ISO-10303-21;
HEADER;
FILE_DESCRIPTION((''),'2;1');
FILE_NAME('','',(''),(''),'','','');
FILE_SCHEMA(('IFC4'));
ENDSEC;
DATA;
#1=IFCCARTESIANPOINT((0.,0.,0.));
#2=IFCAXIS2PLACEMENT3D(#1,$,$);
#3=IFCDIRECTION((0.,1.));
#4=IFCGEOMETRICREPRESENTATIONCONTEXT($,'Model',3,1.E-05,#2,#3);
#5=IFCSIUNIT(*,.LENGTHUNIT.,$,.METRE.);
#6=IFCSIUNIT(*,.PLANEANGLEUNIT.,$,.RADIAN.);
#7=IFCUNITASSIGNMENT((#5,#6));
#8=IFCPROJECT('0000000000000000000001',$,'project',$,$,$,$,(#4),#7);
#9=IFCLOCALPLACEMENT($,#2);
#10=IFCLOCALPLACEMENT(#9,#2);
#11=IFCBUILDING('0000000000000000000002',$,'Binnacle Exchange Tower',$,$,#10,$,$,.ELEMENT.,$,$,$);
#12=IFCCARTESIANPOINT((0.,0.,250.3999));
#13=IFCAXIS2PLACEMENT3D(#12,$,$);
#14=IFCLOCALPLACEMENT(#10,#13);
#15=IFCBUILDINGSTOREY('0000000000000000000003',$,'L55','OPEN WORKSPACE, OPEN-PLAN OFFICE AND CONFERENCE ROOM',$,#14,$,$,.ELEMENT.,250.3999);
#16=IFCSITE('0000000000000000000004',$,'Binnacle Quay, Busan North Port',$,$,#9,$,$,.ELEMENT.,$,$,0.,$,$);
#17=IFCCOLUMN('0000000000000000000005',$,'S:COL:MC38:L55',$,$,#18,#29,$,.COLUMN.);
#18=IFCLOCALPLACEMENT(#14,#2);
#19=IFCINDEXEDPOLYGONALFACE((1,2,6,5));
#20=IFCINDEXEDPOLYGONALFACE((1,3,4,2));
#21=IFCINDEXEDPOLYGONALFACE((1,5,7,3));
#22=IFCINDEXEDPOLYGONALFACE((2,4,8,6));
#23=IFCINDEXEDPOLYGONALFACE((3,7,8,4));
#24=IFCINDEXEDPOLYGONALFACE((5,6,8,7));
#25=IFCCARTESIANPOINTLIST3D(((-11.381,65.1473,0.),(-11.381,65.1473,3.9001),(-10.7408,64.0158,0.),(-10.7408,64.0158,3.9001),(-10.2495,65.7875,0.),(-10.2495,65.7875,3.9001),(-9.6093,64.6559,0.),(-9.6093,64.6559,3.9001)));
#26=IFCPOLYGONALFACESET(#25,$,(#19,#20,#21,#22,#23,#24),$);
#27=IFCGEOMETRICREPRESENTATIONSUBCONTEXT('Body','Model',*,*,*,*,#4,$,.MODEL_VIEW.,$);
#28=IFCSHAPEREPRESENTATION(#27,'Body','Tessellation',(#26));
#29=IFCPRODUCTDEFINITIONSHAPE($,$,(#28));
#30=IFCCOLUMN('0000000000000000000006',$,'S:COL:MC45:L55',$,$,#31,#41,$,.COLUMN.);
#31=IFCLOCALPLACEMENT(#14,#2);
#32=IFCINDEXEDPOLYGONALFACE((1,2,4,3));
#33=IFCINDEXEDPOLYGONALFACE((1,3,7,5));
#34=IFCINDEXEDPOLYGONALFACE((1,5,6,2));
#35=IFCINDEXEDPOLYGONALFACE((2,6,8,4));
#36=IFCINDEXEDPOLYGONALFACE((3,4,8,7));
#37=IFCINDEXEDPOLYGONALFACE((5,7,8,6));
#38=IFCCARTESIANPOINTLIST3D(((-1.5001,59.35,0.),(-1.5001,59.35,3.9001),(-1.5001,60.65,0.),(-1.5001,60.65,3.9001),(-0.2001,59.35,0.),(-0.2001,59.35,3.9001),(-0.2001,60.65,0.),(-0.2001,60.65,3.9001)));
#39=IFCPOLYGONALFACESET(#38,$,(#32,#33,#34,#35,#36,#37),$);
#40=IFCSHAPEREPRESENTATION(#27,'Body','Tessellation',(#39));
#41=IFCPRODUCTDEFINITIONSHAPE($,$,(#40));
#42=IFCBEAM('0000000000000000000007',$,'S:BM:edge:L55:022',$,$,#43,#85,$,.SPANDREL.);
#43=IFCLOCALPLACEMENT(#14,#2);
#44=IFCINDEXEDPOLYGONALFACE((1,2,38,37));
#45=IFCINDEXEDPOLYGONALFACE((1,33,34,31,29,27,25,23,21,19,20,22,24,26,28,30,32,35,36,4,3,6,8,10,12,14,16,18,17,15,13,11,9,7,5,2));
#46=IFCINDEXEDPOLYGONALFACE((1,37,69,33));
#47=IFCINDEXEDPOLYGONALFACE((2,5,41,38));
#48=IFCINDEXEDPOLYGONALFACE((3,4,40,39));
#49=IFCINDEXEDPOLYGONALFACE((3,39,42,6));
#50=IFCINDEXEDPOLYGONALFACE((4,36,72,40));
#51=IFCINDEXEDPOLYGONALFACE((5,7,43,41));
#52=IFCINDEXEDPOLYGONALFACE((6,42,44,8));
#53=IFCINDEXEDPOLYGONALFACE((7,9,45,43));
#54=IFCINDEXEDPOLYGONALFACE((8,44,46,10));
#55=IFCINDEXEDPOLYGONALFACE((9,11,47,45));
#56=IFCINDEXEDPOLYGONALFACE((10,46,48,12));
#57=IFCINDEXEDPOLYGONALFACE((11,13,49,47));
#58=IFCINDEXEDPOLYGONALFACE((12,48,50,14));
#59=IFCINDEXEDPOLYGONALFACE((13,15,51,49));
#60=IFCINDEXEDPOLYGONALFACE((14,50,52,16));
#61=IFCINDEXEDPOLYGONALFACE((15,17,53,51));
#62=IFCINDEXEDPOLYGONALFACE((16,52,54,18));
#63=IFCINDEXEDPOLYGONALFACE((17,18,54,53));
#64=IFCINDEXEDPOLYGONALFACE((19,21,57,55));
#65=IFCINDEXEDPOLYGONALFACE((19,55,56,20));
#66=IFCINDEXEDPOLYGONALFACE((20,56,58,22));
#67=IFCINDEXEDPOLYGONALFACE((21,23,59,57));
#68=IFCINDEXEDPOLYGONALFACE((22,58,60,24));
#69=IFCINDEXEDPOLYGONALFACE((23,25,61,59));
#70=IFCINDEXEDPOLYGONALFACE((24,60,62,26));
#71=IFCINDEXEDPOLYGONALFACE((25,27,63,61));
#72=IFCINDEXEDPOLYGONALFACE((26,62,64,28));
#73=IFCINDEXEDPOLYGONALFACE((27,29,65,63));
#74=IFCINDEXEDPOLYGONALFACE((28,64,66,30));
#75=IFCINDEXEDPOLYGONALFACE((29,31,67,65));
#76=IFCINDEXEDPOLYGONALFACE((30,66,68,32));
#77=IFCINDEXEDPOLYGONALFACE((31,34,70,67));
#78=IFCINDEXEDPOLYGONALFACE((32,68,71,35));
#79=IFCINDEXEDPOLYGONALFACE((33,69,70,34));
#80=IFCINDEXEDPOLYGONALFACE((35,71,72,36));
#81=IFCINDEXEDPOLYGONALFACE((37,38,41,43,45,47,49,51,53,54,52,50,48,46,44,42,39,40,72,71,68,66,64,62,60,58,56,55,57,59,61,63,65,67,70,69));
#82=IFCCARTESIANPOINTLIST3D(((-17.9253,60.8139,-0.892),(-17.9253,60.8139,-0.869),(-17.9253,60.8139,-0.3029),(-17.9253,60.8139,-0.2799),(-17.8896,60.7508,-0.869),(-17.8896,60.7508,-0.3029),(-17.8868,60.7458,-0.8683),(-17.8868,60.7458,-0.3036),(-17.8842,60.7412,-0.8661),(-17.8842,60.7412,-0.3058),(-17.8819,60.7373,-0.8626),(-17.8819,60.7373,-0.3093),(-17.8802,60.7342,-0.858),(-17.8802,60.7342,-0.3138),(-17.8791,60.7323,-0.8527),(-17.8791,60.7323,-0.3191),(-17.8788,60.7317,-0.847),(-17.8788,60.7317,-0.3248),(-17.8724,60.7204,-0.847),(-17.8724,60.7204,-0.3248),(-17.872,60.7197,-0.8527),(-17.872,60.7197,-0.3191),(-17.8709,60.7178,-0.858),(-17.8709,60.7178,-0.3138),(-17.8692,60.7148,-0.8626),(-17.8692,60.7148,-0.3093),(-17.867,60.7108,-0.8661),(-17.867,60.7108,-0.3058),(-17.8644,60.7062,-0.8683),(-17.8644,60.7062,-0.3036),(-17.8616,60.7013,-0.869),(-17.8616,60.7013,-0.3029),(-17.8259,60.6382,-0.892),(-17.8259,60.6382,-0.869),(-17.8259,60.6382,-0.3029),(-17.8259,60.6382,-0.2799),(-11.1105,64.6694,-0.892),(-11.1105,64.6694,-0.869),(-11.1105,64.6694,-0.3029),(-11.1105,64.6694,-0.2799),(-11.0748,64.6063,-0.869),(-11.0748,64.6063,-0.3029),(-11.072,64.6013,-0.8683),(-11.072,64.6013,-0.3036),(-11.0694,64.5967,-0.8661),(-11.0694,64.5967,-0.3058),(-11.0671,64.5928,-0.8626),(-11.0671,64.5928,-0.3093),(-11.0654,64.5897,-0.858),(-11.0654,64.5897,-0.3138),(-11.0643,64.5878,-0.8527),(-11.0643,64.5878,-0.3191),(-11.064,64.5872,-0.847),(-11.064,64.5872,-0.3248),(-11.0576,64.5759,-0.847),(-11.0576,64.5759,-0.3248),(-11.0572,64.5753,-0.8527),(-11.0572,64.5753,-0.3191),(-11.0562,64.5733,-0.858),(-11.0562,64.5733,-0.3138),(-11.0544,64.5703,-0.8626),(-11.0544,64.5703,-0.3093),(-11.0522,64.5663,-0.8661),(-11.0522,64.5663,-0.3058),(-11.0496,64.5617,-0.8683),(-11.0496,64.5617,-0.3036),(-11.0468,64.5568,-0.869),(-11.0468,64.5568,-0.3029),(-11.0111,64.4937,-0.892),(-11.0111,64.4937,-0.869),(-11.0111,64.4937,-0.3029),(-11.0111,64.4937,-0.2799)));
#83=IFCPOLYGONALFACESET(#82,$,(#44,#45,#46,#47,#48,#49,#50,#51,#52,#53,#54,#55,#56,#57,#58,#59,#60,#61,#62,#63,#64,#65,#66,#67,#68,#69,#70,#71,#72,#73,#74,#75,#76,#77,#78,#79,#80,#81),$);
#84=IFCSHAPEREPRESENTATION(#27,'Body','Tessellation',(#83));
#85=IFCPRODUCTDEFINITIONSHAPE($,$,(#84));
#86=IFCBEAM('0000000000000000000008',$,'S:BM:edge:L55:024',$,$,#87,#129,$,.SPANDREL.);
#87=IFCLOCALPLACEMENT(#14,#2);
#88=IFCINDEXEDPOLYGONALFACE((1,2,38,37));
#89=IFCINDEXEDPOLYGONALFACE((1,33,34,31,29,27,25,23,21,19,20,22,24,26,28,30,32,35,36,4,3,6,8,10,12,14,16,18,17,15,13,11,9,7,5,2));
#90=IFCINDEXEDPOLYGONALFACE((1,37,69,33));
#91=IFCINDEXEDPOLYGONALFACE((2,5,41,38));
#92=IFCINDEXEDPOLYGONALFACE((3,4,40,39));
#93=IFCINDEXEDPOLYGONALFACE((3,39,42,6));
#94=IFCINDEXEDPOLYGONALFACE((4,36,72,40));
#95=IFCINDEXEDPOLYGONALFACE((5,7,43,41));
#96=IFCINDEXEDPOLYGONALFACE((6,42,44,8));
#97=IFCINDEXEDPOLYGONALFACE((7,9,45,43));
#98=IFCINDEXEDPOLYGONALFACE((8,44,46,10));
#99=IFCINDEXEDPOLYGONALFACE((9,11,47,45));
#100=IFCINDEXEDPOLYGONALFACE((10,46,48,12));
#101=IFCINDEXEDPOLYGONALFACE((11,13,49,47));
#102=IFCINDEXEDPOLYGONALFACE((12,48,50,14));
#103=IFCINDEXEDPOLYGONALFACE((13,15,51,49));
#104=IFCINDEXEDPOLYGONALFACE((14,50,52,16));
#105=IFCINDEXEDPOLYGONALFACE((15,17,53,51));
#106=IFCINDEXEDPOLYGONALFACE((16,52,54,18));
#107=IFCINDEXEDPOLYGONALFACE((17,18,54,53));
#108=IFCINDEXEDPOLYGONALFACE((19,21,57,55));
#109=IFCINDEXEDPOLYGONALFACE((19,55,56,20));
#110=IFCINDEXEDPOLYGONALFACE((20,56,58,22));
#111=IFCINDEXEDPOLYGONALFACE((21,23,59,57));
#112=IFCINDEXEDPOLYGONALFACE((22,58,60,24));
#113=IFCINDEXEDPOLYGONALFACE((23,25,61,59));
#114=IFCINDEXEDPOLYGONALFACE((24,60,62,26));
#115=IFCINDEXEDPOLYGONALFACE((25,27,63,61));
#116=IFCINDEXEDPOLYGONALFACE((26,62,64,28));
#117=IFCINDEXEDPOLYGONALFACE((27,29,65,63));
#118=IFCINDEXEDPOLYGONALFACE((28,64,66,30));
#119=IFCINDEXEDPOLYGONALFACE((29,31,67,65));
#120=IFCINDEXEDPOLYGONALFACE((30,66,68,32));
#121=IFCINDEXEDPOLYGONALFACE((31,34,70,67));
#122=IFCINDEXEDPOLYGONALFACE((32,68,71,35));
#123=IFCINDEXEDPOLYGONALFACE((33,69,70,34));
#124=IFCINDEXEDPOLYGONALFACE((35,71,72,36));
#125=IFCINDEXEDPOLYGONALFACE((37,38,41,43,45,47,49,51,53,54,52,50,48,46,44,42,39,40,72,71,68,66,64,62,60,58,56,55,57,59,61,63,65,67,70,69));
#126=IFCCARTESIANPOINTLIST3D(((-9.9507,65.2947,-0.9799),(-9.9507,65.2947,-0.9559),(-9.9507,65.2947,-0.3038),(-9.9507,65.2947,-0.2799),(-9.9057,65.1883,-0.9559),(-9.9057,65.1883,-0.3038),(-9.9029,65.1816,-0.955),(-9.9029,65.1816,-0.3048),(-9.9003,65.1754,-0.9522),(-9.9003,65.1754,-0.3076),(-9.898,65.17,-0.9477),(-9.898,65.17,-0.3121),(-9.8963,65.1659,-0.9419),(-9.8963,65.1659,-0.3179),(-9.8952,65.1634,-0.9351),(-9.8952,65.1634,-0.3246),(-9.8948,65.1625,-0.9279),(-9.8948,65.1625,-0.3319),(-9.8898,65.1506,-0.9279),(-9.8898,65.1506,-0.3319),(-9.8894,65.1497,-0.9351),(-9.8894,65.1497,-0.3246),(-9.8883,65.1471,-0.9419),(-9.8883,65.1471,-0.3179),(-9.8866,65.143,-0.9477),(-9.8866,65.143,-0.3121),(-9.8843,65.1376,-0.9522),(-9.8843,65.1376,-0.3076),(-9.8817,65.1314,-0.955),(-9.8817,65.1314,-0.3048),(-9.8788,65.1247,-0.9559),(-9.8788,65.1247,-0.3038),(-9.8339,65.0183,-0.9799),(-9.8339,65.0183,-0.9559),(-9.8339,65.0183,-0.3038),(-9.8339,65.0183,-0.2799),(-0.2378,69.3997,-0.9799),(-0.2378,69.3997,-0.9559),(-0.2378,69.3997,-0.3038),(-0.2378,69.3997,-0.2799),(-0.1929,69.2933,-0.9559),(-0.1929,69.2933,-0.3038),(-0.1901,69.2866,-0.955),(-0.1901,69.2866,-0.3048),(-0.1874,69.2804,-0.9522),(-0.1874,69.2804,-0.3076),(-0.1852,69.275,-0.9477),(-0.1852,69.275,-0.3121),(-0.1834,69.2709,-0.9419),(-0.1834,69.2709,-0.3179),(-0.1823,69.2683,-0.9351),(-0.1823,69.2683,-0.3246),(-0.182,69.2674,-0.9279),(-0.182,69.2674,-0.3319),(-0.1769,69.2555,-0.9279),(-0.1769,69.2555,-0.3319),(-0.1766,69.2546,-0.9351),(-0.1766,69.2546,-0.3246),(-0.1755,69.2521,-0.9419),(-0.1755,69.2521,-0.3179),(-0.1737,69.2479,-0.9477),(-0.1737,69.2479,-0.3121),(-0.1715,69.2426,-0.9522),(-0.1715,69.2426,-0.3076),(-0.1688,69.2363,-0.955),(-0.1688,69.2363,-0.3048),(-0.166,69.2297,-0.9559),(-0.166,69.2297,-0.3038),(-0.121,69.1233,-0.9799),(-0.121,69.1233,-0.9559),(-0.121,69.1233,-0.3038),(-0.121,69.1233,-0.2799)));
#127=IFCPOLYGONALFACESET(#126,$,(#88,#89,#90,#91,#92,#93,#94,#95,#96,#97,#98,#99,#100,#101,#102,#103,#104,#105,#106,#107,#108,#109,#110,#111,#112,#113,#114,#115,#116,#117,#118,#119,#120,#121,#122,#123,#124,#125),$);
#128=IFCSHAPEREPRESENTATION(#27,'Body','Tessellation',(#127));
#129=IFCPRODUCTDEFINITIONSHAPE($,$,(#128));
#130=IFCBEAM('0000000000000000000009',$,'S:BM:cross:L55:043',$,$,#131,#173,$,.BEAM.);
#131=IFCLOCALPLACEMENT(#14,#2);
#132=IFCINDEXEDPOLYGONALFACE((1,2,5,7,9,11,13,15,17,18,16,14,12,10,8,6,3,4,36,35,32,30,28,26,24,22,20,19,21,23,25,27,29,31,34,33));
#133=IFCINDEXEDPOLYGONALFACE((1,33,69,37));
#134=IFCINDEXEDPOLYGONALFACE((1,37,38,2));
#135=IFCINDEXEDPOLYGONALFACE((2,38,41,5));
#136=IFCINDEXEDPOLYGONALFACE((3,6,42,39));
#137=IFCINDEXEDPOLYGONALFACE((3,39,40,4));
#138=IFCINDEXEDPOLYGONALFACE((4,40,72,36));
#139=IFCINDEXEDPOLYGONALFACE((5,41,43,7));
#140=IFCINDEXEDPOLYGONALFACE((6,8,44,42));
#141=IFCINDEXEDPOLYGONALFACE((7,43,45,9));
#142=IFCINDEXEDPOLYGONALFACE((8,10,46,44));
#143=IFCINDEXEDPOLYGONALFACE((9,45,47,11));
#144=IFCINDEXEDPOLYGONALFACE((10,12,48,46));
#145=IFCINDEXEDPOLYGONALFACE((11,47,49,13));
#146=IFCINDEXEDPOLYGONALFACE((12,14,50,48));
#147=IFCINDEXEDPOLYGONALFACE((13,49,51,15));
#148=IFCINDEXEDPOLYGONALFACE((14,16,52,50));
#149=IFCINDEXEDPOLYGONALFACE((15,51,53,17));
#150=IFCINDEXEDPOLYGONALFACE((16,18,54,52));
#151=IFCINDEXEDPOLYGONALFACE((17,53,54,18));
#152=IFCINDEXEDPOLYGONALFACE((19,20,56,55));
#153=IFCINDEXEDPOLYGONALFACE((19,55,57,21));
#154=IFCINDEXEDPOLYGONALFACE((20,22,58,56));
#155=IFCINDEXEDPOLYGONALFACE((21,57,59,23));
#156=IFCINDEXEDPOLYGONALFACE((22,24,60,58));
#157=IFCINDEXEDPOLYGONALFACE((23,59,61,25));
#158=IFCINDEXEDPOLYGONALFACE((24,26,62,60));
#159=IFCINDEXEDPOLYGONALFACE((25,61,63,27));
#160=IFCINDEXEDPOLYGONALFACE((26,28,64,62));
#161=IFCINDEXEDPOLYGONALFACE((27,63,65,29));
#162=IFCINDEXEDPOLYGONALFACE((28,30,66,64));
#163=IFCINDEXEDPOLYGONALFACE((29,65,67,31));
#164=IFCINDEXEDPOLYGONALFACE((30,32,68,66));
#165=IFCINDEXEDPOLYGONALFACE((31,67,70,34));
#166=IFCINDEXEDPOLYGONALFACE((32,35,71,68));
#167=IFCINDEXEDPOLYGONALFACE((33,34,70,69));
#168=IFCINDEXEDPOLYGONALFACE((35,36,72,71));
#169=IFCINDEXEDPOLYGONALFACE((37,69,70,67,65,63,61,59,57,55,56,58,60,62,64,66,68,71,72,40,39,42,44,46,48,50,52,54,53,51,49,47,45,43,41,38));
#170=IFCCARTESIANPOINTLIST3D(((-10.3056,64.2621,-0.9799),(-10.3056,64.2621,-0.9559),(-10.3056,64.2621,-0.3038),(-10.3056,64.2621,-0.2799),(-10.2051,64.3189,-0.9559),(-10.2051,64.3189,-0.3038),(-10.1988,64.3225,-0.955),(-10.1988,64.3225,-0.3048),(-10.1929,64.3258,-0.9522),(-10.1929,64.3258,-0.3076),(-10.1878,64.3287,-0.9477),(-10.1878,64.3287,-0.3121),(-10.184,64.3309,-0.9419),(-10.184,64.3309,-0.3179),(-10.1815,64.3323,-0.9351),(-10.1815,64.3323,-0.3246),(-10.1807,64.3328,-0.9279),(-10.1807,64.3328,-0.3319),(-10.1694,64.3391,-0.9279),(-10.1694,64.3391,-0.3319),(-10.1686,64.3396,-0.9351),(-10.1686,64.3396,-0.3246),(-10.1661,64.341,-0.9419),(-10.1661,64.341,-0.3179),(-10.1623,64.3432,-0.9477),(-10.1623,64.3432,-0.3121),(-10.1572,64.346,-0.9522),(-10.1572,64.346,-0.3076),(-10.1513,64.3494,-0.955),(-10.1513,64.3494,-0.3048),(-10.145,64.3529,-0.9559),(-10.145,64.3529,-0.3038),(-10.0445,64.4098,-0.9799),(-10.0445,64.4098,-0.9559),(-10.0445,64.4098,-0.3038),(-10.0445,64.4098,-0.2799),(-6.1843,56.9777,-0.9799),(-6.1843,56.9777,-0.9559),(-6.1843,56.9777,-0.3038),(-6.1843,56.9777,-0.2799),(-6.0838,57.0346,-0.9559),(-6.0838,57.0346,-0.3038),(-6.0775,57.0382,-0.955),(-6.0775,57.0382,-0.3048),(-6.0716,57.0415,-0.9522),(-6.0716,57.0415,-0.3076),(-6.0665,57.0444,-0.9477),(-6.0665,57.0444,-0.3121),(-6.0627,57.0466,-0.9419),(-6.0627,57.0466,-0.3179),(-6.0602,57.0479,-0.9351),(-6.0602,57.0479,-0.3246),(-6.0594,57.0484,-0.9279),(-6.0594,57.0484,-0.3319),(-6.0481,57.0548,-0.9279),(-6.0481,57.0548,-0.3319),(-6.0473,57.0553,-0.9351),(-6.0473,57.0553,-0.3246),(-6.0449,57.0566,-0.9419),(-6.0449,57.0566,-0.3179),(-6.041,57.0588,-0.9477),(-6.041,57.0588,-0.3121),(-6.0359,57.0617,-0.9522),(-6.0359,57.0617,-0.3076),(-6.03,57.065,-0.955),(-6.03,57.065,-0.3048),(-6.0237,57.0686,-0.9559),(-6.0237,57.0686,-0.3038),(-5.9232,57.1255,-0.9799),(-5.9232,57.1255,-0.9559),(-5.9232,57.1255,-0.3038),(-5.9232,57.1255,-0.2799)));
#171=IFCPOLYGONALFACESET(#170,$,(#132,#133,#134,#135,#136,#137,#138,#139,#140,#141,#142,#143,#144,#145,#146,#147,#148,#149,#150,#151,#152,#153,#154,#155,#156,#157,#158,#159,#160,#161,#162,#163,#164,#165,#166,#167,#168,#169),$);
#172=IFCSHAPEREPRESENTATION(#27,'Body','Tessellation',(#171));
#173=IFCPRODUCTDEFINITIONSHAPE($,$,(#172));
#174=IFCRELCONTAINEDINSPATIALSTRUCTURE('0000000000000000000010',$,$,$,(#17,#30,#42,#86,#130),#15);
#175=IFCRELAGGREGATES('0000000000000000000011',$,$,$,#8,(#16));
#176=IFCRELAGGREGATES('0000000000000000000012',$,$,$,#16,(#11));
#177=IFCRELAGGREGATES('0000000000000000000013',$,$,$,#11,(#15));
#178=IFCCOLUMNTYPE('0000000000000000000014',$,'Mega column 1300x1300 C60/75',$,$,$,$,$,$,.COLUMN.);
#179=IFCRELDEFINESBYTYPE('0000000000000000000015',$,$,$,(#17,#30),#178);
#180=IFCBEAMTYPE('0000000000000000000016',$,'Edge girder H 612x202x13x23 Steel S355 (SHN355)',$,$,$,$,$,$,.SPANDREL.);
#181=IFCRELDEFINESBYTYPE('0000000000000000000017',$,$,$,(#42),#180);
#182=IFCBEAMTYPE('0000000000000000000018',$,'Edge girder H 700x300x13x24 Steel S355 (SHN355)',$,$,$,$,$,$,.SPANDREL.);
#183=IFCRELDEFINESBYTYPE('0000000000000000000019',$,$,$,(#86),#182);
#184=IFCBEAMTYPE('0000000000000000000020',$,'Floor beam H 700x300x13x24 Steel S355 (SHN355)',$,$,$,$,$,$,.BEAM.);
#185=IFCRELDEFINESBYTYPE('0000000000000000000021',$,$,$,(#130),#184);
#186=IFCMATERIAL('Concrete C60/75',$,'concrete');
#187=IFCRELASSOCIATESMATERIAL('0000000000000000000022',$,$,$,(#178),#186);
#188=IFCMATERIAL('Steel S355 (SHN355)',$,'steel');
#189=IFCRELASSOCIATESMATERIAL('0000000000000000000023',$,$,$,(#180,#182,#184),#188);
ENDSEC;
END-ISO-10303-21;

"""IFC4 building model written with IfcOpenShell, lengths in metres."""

from ifc_helpers import new_model, si_unit, direction, frame, origin, origin_2d, place, context, subcontext, project, spatial, rectangle, i_section, extrude, material, material_profile, profile_set, type_object, element, save


model = new_model("IFC4")

# Units and contexts
model_context = context("Model", 3, precision=1e-05, world=origin(), true_north=direction((0.0, 1.0)))
body_context = subcontext(model_context, "Body", "Model", "MODEL_VIEW")
ifc_project = project(units=[si_unit("LENGTHUNIT", "METRE"), si_unit("PLANEANGLEUNIT", "RADIAN")], contexts=[model_context])

# Site, building, storey
site_placement = place(None, origin())
site = spatial("IfcSite", under=ifc_project, at=site_placement, Name="Binnacle Quay, Busan North Port", CompositionType="ELEMENT", RefElevation=0.0)
building_placement = place(site_placement, origin())
building = spatial("IfcBuilding", under=site, at=building_placement, Name="Binnacle Exchange Tower", CompositionType="ELEMENT")
storey_placement = place(building_placement, frame((0.0, 0.0, 250.3999)))
storey = spatial("IfcBuildingStorey", under=building, at=storey_placement, Name="L55", Description="OPEN WORKSPACE, OPEN-PLAN OFFICE AND CONFERENCE ROOM", CompositionType="ELEMENT", Elevation=250.3999)

# Columns
ifc_material_1 = material(Name="Concrete C60/75", Category="concrete")
ifc_material_profile_1 = material_profile(ifc_material_1, rectangle(XDim=1.3, YDim=1.3, at=origin_2d()), Name="Mega column 1300x1300 C60/75")
ifc_profile_set_1 = profile_set([ifc_material_profile_1], Name="Concrete C60/75")
column_type = type_object("IfcColumnType", Name="Mega column 1300x1300 C60/75", PredefinedType="COLUMN", material=ifc_profile_set_1)
for number, where, z_axis, x_axis, name in (
    (1, (-10.4951, 64.9016, 0.0), (0.0, 0.0, 1.0), (-0.870356, -0.492424, 0.0), "S:COL:MC38:L55"),
    (2, (-0.8501, 60.0, 0.0), (0.0, 0.0, 1.0), (0.0, 1.0, 0.0), "S:COL:MC45:L55"),
):
    element("IfcColumn", number, at=place(storey_placement, frame(where, z_axis=z_axis, x_axis=x_axis)), inside=storey, type_object=column_type, Name=name, PredefinedType="COLUMN", context=body_context, shape_type="SweptSolid", body=[
        extrude(rectangle(XDim=1.3, YDim=1.3, at=origin_2d()), origin(), (0.0, 0.0, 1.0), 3.9001),
    ])

# Beams
ifc_material_2 = material(Name="Steel S355 (SHN355)", Category="steel")
ifc_material_profile_2 = material_profile(ifc_material_2, i_section(OverallWidth=0.2019, OverallDepth=0.6121, WebThickness=0.0129, FlangeThickness=0.0229, FilletRadius=0.022, at=origin_2d()), Name="H 612x202x13x23")
ifc_profile_set_2 = profile_set([ifc_material_profile_2], Name="Steel S355 (SHN355)")
beam_type_1 = type_object("IfcBeamType", Name="Edge girder H 612x202x13x23 Steel S355 (SHN355)", PredefinedType="SPANDREL", material=ifc_profile_set_2)
beam_1_placement = place(storey_placement, frame((-11.0608, 64.5815, -0.5859), z_axis=(-0.870361, -0.492414, 0.0), x_axis=(0.492414, -0.870361, 0.0)))
element("IfcBeam", 3, at=beam_1_placement, inside=storey, type_object=beam_type_1, Name="S:BM:edge:L55:022", PredefinedType="SPANDREL", context=body_context, shape_type="SweptSolid", body=[
    extrude(i_section(OverallWidth=0.2019, OverallDepth=0.6121, WebThickness=0.0129, FlangeThickness=0.0229, FilletRadius=0.022, at=origin_2d()), origin(), (0.0, 0.0, 1.0), 7.8298),
])
ifc_material_profile_3 = material_profile(ifc_material_2, i_section(OverallWidth=0.3, OverallDepth=0.7, WebThickness=0.0129, FlangeThickness=0.0239, FilletRadius=0.0281, at=origin_2d()), Name="H 700x300x13x24")
ifc_profile_set_3 = profile_set([ifc_material_profile_3], Name="Steel S355 (SHN355)")
beam_type_2 = type_object("IfcBeamType", Name="Edge girder H 700x300x13x24 Steel S355 (SHN355)", PredefinedType="SPANDREL", material=ifc_profile_set_3)
beam_2_placement = place(storey_placement, frame((-0.1794, 69.2615, -0.6299), z_axis=(-0.921114, -0.389293, 0.0), x_axis=(0.389293, -0.921114, 0.0)))
element("IfcBeam", 4, at=beam_2_placement, inside=storey, type_object=beam_type_2, Name="S:BM:edge:L55:024", PredefinedType="SPANDREL", context=body_context, shape_type="SweptSolid", body=[
    extrude(i_section(OverallWidth=0.3, OverallDepth=0.7, WebThickness=0.0129, FlangeThickness=0.0239, FilletRadius=0.0281, at=origin_2d()), origin(), (0.0, 0.0, 1.0), 10.5447),
])
ifc_material_profile_4 = material_profile(ifc_material_2, i_section(OverallWidth=0.3, OverallDepth=0.7, WebThickness=0.0129, FlangeThickness=0.0239, FilletRadius=0.0281, at=origin_2d()), Name="H 700x300x13x24")
ifc_profile_set_4 = profile_set([ifc_material_profile_4], Name="Steel S355 (SHN355)")
beam_type_3 = type_object("IfcBeamType", Name="Floor beam H 700x300x13x24 Steel S355 (SHN355)", PredefinedType="BEAM", material=ifc_profile_set_4)
beam_3_placement = place(storey_placement, frame((-10.175, 64.3359, -0.6299), z_axis=(0.492424, -0.870355, 0.0), x_axis=(0.870355, 0.492424, 0.0)))
element("IfcBeam", 5, at=beam_3_placement, inside=storey, type_object=beam_type_3, Name="S:BM:cross:L55:043", PredefinedType="BEAM", context=body_context, shape_type="SweptSolid", body=[
    extrude(i_section(OverallWidth=0.3, OverallDepth=0.7, WebThickness=0.0129, FlangeThickness=0.0239, FilletRadius=0.0281, at=origin_2d()), origin(), (0.0, 0.0, 1.0), 8.3694),
])

save(model, "model.ifc")
